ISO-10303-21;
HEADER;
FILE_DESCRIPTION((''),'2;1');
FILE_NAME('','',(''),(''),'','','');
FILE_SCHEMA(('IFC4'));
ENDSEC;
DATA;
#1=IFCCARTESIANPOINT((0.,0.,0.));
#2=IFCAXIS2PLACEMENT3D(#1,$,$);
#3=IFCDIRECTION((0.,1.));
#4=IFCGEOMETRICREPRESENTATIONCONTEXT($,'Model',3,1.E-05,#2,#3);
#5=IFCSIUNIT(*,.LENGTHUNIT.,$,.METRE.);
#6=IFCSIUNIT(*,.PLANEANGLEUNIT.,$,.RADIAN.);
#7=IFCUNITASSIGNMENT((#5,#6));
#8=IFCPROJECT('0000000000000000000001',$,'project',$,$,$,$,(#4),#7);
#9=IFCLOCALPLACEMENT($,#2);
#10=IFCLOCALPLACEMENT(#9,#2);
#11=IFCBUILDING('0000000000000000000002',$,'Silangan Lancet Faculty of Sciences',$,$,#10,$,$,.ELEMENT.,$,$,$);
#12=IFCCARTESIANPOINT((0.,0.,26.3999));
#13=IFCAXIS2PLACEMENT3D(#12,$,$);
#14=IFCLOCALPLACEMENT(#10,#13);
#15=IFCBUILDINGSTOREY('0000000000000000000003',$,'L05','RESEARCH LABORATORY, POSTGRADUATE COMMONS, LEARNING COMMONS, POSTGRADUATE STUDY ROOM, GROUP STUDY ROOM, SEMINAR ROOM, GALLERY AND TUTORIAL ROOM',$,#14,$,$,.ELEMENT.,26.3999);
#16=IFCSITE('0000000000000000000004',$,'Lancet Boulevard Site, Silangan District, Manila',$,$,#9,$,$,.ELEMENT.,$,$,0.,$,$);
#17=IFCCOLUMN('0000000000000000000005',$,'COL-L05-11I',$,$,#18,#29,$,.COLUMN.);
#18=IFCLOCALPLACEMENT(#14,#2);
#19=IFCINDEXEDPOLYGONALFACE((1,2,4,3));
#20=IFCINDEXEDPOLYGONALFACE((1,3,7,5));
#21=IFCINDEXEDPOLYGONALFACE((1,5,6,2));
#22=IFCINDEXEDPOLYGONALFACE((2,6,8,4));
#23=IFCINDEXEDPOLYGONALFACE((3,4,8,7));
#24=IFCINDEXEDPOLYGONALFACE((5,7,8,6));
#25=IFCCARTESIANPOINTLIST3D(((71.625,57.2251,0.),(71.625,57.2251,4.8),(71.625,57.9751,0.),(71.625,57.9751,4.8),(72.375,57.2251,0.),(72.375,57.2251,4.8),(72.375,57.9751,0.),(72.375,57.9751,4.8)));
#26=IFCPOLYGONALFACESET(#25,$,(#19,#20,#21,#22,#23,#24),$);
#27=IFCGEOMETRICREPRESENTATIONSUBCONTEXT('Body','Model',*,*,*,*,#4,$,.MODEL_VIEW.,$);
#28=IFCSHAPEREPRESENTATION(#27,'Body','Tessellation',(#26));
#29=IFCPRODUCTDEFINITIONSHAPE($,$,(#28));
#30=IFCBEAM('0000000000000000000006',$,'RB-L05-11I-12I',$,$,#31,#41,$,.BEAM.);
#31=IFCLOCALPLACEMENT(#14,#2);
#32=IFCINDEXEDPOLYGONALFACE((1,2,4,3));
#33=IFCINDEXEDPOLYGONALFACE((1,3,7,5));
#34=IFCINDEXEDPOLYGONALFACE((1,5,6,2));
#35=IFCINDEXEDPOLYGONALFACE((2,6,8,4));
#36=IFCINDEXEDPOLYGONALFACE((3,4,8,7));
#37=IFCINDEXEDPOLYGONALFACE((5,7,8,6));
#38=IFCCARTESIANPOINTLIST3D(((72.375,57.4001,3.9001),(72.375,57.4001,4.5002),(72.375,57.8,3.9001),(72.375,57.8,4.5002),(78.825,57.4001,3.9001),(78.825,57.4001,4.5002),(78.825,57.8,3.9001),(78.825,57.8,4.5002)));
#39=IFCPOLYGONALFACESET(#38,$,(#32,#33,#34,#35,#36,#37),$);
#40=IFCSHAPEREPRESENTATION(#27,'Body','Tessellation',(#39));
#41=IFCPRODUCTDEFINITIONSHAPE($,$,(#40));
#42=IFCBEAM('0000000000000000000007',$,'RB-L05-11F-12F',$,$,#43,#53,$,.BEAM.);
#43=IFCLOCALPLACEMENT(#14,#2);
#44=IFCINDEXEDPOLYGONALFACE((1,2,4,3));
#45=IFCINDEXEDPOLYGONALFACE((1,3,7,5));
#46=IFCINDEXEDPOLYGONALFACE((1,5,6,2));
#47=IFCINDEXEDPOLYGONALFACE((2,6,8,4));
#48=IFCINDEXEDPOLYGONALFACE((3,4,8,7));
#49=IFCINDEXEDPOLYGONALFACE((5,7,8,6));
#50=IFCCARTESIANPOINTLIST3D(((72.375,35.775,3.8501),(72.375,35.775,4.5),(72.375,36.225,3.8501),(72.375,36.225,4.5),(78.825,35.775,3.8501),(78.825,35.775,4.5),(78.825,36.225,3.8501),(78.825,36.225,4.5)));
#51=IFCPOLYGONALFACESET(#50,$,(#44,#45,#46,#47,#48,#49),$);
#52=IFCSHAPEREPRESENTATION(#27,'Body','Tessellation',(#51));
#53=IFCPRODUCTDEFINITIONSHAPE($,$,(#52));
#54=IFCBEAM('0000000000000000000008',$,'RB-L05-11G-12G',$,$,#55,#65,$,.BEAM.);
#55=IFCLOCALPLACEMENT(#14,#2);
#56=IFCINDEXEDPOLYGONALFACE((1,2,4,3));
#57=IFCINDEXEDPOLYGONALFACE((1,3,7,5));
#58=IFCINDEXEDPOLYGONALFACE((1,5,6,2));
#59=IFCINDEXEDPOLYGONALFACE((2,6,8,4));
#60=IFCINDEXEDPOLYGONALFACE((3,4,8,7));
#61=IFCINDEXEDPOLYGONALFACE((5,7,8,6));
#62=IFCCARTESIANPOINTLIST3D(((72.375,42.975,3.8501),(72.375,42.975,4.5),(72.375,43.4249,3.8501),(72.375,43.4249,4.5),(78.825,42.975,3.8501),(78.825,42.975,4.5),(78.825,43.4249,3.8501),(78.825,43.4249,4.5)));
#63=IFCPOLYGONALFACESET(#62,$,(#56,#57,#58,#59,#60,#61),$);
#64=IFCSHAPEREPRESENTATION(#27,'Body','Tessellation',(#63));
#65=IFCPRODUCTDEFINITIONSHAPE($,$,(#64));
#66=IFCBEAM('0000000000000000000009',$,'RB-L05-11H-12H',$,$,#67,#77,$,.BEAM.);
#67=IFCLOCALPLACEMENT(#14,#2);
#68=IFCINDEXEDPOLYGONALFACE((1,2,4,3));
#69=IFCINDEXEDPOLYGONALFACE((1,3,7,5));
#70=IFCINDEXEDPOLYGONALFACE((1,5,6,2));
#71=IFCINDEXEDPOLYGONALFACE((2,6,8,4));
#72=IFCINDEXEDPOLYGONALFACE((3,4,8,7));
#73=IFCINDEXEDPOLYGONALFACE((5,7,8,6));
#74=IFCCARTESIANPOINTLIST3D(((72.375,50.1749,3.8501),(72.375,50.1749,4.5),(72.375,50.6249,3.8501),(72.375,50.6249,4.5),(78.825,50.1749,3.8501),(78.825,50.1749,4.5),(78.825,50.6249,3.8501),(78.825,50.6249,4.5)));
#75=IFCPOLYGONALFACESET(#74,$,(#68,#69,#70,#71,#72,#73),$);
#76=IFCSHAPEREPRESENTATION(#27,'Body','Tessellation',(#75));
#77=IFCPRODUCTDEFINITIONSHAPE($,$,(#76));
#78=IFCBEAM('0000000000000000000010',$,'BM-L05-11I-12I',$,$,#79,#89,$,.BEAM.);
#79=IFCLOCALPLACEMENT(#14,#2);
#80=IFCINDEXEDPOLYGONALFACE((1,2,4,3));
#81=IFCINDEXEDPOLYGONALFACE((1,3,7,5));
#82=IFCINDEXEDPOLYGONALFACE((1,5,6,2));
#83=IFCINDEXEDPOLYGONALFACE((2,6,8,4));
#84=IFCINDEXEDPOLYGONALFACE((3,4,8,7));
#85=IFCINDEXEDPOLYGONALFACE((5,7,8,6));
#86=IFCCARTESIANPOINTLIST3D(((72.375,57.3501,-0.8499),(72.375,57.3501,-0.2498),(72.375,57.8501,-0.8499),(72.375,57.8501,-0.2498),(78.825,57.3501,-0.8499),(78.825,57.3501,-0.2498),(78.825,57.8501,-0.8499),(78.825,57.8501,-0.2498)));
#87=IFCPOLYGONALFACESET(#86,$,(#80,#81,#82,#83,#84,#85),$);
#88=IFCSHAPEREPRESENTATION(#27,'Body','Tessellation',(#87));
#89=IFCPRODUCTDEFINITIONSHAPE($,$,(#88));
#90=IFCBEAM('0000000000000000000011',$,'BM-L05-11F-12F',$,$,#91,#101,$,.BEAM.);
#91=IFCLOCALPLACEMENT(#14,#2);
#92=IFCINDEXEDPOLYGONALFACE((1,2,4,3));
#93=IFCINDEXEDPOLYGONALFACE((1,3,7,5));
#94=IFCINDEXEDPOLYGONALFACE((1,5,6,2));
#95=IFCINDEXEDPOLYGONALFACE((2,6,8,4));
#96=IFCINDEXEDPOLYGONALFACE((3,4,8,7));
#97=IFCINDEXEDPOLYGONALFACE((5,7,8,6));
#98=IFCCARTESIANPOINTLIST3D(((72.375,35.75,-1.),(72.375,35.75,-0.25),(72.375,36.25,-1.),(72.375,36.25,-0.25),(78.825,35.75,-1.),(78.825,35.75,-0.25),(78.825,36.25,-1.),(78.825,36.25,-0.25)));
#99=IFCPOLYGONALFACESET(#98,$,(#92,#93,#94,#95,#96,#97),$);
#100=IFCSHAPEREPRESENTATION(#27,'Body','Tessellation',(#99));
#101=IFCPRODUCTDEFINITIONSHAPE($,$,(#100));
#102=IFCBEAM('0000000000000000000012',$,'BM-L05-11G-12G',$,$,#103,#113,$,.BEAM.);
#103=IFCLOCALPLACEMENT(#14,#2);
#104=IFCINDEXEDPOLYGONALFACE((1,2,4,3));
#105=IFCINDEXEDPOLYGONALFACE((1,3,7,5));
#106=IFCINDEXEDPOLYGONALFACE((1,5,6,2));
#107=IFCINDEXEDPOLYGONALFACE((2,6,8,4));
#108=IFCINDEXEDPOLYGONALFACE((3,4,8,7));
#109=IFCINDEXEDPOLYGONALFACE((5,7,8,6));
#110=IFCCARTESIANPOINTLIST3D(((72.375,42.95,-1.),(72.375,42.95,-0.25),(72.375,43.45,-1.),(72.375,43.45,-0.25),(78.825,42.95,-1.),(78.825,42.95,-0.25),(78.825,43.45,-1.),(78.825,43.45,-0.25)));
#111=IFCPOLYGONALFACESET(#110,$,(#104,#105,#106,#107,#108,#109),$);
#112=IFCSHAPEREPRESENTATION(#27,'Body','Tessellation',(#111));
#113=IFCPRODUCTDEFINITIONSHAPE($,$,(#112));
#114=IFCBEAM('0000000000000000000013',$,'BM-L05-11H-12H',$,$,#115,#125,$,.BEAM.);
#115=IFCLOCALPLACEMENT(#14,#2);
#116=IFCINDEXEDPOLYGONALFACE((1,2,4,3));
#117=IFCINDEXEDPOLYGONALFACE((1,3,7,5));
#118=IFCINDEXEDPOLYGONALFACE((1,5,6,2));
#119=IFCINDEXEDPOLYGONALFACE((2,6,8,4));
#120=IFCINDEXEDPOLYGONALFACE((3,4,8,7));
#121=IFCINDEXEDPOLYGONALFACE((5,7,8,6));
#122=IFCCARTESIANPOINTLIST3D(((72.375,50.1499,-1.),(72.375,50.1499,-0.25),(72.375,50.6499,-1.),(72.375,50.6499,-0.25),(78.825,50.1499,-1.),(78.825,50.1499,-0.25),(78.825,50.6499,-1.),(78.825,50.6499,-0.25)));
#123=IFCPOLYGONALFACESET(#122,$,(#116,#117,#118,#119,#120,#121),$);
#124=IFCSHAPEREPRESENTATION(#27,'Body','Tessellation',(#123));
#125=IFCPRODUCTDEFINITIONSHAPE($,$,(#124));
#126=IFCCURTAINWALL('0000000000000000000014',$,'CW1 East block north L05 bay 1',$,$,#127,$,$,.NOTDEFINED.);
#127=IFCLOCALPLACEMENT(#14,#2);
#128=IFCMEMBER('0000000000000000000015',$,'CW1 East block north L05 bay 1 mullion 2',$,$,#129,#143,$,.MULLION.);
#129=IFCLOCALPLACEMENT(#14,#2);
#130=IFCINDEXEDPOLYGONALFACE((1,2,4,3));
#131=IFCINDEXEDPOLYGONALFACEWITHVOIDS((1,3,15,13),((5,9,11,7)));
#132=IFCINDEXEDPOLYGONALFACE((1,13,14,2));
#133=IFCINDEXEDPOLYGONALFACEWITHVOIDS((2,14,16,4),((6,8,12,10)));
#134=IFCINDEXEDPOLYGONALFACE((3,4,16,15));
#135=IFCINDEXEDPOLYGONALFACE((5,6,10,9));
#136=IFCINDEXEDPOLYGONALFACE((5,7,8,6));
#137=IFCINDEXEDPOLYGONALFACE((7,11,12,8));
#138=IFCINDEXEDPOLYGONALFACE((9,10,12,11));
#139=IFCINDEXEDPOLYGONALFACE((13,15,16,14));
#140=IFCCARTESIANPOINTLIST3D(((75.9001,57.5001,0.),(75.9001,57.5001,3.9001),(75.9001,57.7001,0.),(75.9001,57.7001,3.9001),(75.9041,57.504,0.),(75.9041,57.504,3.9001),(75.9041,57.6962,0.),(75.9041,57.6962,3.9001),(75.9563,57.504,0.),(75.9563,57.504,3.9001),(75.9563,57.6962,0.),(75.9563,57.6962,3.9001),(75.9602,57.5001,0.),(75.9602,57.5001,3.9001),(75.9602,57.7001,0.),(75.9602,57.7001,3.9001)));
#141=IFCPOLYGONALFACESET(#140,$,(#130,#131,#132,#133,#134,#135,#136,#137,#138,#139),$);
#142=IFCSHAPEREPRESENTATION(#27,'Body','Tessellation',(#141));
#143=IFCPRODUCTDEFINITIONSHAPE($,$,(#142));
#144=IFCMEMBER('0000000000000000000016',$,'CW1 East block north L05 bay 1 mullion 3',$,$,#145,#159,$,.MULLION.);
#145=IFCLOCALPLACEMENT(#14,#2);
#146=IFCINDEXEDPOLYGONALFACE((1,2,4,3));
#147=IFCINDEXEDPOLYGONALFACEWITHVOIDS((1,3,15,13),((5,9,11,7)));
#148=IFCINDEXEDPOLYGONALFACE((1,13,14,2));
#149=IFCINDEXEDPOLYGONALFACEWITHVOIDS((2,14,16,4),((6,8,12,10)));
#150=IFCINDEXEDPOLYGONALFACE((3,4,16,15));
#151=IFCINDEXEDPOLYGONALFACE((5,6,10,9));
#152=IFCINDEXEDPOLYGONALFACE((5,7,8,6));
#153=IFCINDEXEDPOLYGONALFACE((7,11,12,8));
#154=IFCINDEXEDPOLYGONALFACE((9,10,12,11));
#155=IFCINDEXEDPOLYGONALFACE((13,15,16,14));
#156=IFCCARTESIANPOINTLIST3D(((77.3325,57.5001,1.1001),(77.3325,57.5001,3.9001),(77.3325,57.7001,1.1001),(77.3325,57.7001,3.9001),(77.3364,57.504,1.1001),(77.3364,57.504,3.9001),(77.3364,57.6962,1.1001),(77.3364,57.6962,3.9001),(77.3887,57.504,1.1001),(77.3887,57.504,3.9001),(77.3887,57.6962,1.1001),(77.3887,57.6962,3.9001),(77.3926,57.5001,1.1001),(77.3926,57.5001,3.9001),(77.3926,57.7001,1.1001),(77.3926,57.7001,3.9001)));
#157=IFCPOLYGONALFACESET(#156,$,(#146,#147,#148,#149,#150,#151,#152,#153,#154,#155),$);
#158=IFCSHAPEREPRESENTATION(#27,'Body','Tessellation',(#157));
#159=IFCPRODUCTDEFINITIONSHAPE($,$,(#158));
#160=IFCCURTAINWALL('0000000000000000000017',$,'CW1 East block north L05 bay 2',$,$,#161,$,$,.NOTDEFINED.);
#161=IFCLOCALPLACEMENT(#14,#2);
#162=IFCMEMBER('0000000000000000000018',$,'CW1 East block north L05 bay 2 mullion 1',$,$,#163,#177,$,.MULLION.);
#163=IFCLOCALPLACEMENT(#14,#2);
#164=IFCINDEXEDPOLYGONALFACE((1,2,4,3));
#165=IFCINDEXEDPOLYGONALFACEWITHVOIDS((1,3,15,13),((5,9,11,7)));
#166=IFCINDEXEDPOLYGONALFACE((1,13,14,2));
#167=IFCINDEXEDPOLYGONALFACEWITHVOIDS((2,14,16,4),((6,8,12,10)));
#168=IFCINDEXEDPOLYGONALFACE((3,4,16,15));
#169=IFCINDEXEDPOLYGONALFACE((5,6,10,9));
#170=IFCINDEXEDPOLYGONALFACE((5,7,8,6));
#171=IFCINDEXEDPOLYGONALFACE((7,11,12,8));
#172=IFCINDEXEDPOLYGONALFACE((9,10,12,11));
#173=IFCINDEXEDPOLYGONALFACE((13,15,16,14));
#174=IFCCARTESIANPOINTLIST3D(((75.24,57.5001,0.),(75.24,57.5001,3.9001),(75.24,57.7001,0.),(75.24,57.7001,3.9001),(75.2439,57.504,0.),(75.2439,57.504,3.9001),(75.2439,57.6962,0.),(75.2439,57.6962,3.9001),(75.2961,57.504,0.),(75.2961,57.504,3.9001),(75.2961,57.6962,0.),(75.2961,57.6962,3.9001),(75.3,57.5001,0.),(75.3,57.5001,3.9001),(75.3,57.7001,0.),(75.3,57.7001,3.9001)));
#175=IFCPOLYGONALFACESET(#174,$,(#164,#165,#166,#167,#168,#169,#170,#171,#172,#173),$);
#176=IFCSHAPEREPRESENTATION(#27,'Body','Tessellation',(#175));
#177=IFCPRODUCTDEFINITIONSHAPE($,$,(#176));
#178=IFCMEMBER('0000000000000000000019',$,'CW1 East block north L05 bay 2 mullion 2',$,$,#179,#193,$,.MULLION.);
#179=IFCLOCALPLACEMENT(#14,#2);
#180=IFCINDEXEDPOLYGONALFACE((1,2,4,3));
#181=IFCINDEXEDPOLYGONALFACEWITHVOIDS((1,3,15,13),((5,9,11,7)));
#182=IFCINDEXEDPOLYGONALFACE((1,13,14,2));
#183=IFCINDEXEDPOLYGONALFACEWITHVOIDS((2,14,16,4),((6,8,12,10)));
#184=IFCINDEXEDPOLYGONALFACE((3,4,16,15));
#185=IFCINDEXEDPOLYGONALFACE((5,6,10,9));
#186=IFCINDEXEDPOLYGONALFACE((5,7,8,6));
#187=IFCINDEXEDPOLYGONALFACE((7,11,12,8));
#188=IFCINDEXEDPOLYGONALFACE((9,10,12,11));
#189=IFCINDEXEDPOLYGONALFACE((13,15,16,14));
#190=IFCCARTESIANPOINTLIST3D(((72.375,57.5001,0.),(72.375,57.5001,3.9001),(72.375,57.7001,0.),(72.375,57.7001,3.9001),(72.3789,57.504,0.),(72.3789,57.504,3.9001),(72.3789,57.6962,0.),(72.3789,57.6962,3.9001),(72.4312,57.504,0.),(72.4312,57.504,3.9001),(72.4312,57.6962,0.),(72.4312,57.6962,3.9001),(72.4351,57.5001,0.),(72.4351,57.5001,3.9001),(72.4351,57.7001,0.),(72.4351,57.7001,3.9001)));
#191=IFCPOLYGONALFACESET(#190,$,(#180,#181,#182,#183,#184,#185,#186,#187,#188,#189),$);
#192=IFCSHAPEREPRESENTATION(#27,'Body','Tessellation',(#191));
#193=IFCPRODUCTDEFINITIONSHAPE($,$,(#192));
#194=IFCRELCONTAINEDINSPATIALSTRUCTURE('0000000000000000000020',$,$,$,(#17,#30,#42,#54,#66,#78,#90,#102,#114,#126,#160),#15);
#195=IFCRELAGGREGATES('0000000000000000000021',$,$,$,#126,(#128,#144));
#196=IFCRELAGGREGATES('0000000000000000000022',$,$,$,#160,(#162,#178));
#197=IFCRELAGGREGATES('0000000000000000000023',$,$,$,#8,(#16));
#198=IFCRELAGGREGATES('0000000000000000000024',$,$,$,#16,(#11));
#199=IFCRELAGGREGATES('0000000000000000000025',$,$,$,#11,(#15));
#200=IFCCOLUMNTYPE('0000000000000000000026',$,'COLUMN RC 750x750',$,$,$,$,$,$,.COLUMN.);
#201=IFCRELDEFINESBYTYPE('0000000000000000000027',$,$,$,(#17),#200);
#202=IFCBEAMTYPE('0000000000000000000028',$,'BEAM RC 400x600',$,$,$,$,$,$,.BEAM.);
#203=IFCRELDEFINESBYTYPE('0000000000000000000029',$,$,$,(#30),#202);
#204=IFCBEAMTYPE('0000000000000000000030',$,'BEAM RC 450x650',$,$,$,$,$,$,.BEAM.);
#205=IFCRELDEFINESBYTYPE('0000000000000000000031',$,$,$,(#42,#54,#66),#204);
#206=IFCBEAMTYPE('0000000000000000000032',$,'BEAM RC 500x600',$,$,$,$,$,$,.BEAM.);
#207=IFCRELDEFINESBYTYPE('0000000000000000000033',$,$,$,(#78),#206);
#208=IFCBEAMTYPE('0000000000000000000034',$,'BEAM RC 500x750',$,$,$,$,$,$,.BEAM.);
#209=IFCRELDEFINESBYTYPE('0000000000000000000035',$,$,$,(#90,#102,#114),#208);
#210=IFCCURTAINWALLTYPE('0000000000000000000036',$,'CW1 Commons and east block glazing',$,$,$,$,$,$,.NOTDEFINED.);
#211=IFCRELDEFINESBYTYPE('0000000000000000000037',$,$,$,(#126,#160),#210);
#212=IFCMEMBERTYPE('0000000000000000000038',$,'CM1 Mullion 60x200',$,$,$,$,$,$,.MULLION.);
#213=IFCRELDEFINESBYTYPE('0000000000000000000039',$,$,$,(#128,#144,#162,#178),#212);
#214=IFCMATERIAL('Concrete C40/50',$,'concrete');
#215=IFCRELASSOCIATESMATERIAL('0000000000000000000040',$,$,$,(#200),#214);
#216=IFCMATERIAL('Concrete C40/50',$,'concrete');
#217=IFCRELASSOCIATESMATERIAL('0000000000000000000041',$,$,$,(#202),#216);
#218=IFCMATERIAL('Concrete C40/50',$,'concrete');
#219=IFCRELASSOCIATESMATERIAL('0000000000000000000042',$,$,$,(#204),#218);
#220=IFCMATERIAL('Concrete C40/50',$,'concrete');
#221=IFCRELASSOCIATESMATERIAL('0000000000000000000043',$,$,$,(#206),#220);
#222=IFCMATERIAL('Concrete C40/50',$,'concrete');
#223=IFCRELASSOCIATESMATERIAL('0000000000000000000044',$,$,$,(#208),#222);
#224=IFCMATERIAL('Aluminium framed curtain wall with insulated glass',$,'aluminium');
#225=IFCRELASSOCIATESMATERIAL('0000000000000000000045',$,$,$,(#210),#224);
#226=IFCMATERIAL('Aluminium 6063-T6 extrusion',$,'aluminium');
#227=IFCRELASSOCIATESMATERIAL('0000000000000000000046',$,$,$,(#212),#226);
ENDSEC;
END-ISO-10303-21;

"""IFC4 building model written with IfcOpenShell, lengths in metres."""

from ifc_helpers import new_model, si_unit, direction, frame, origin, origin_2d, place, context, subcontext, project, spatial, rectangle, hollow_rectangle, extrude, material, material_profile, profile_set, type_object, element, aggregate, save


model = new_model("IFC4")

# Units and contexts
model_context = context("Model", 3, precision=1e-05, world=origin(), true_north=direction((0.0, 1.0)))
body_context = subcontext(model_context, "Body", "Model", "MODEL_VIEW")
ifc_project = project(units=[si_unit("LENGTHUNIT", "METRE"), si_unit("PLANEANGLEUNIT", "RADIAN")], contexts=[model_context])

# Site, building, storey
site_placement = place(None, origin())
site = spatial("IfcSite", under=ifc_project, at=site_placement, Name="Lancet Boulevard Site, Silangan District, Manila", CompositionType="ELEMENT", RefElevation=0.0)
building_placement = place(site_placement, origin())
building = spatial("IfcBuilding", under=site, at=building_placement, Name="Silangan Lancet Faculty of Sciences", CompositionType="ELEMENT")
storey_placement = place(building_placement, frame((0.0, 0.0, 26.3999)))
storey = spatial("IfcBuildingStorey", under=building, at=storey_placement, Name="L05", Description="RESEARCH LABORATORY, POSTGRADUATE COMMONS, LEARNING COMMONS, POSTGRADUATE STUDY ROOM, GROUP STUDY ROOM, SEMINAR ROOM, GALLERY AND TUTORIAL ROOM", CompositionType="ELEMENT", Elevation=26.3999)

# Column
ifc_material_1 = material(Name="Concrete C40/50", Category="concrete")
ifc_material_profile_1 = material_profile(ifc_material_1, rectangle(XDim=0.75, YDim=0.75, at=origin_2d()), Name="RC 750x750")
ifc_profile_set_1 = profile_set([ifc_material_profile_1], Name="Concrete C40/50")
column_type = type_object("IfcColumnType", Name="COLUMN RC 750x750", PredefinedType="COLUMN", material=ifc_profile_set_1)
column_placement = place(storey_placement, frame((72.0, 57.6001, 0.0), z_axis=(0.0, 0.0, 1.0), x_axis=(1.0, 0.0, 0.0)))
element("IfcColumn", 1, at=column_placement, inside=storey, type_object=column_type, Name="COL-L05-11I", PredefinedType="COLUMN", context=body_context, shape_type="SweptSolid", body=[
    extrude(rectangle(XDim=0.75, YDim=0.75, at=origin_2d()), origin(), (0.0, 0.0, 1.0), 4.8),
])

# Beams
ifc_material_2 = material(Name="Concrete C40/50", Category="concrete")
ifc_material_profile_2 = material_profile(ifc_material_2, rectangle(XDim=0.3999, YDim=0.6001, at=origin_2d()), Name="RC 400x600")
ifc_profile_set_2 = profile_set([ifc_material_profile_2], Name="Concrete C40/50")
beam_type_1 = type_object("IfcBeamType", Name="BEAM RC 400x600", PredefinedType="BEAM", material=ifc_profile_set_2)
beam_1_placement = place(storey_placement, frame((72.375, 57.6001, 4.2002), z_axis=(1.0, 0.0, 0.0), x_axis=(0.0, 1.0, 0.0)))
element("IfcBeam", 2, at=beam_1_placement, inside=storey, type_object=beam_type_1, Name="RB-L05-11I-12I", PredefinedType="BEAM", context=body_context, shape_type="SweptSolid", body=[
    extrude(rectangle(XDim=0.3999, YDim=0.6001, at=origin_2d()), origin(), (0.0, 0.0, 1.0), 6.45),
])
ifc_material_3 = material(Name="Concrete C40/50", Category="concrete")
ifc_material_profile_3 = material_profile(ifc_material_3, rectangle(XDim=0.45, YDim=0.6499, at=origin_2d()), Name="RC 450x650")
ifc_profile_set_3 = profile_set([ifc_material_profile_3], Name="Concrete C40/50")
beam_type_2 = type_object("IfcBeamType", Name="BEAM RC 450x650", PredefinedType="BEAM", material=ifc_profile_set_3)
for number, where, z_axis, x_axis, name in (
    (3, (72.375, 36.0, 4.175), (1.0, 0.0, 0.0), (0.0, 1.0, 0.0), "RB-L05-11F-12F"),
    (4, (72.375, 43.2, 4.175), (1.0, 0.0, 0.0), (0.0, 1.0, 0.0), "RB-L05-11G-12G"),
    (5, (72.375, 50.3999, 4.175), (1.0, 0.0, 0.0), (0.0, 1.0, 0.0), "RB-L05-11H-12H"),
):
    element("IfcBeam", number, at=place(storey_placement, frame(where, z_axis=z_axis, x_axis=x_axis)), inside=storey, type_object=beam_type_2, Name=name, PredefinedType="BEAM", context=body_context, shape_type="SweptSolid", body=[
        extrude(rectangle(XDim=0.45, YDim=0.6499, at=origin_2d()), origin(), (0.0, 0.0, 1.0), 6.45),
    ])
ifc_material_4 = material(Name="Concrete C40/50", Category="concrete")
ifc_material_profile_4 = material_profile(ifc_material_4, rectangle(XDim=0.5, YDim=0.6001, at=origin_2d()), Name="RC 500x600")
ifc_profile_set_4 = profile_set([ifc_material_profile_4], Name="Concrete C40/50")
beam_type_3 = type_object("IfcBeamType", Name="BEAM RC 500x600", PredefinedType="BEAM", material=ifc_profile_set_4)
beam_2_placement = place(storey_placement, frame((72.375, 57.6001, -0.5498), z_axis=(1.0, 0.0, 0.0), x_axis=(0.0, 1.0, 0.0)))
element("IfcBeam", 6, at=beam_2_placement, inside=storey, type_object=beam_type_3, Name="BM-L05-11I-12I", PredefinedType="BEAM", context=body_context, shape_type="SweptSolid", body=[
    extrude(rectangle(XDim=0.5, YDim=0.6001, at=origin_2d()), origin(), (0.0, 0.0, 1.0), 6.45),
])
ifc_material_5 = material(Name="Concrete C40/50", Category="concrete")
ifc_material_profile_5 = material_profile(ifc_material_5, rectangle(XDim=0.5, YDim=0.75, at=origin_2d()), Name="RC 500x750")
ifc_profile_set_5 = profile_set([ifc_material_profile_5], Name="Concrete C40/50")
beam_type_4 = type_object("IfcBeamType", Name="BEAM RC 500x750", PredefinedType="BEAM", material=ifc_profile_set_5)
for number, where, z_axis, x_axis, name in (
    (7, (72.375, 36.0, -0.625), (1.0, 0.0, 0.0), (0.0, 1.0, 0.0), "BM-L05-11F-12F"),
    (8, (72.375, 43.2, -0.625), (1.0, 0.0, 0.0), (0.0, 1.0, 0.0), "BM-L05-11G-12G"),
    (9, (72.375, 50.3999, -0.625), (1.0, 0.0, 0.0), (0.0, 1.0, 0.0), "BM-L05-11H-12H"),
):
    element("IfcBeam", number, at=place(storey_placement, frame(where, z_axis=z_axis, x_axis=x_axis)), inside=storey, type_object=beam_type_4, Name=name, PredefinedType="BEAM", context=body_context, shape_type="SweptSolid", body=[
        extrude(rectangle(XDim=0.5, YDim=0.75, at=origin_2d()), origin(), (0.0, 0.0, 1.0), 6.45),
    ])

# Curtain walls, members
ifc_material_6 = material(Name="Aluminium framed curtain wall with insulated glass", Category="aluminium")
curtain_wall_type = type_object("IfcCurtainWallType", Name="CW1 Commons and east block glazing", PredefinedType="NOTDEFINED", material=ifc_material_6)
curtain_wall_1_placement = place(storey_placement, origin())
curtain_wall_1 = element("IfcCurtainWall", 10, at=curtain_wall_1_placement, inside=storey, type_object=curtain_wall_type, Name="CW1 East block north L05 bay 1", PredefinedType="NOTDEFINED")
ifc_material_7 = material(Name="Aluminium 6063-T6 extrusion", Category="aluminium")
ifc_material_profile_6 = material_profile(ifc_material_7, hollow_rectangle(XDim=0.0601, YDim=0.2, WallThickness=0.0039, at=origin_2d()), Name="AL BOX 60x200x4")
ifc_profile_set_6 = profile_set([ifc_material_profile_6], Name="Aluminium 6063-T6 extrusion")
member_type_1 = type_object("IfcMemberType", Name="CM1 Mullion 60x200", PredefinedType="MULLION", material=ifc_profile_set_6)
member_1_placement = place(storey_placement, frame((75.9302, 57.6001, 0.0), z_axis=(0.0, 0.0, 1.0), x_axis=(-1.0, 0.0, 0.0)))
member_1 = element("IfcMember", 11, at=member_1_placement, type_object=member_type_1, Name="CW1 East block north L05 bay 1 mullion 2", PredefinedType="MULLION", context=body_context, shape_type="SweptSolid", body=[
    extrude(hollow_rectangle(XDim=0.0601, YDim=0.2, WallThickness=0.0039, at=origin_2d()), origin(), (0.0, 0.0, 1.0), 3.9001),
])
member_2_placement = place(storey_placement, frame((77.3625, 57.6001, 1.1001), z_axis=(0.0, 0.0, 1.0), x_axis=(-1.0, 0.0, 0.0)))
member_2 = element("IfcMember", 12, at=member_2_placement, type_object=member_type_1, Name="CW1 East block north L05 bay 1 mullion 3", PredefinedType="MULLION", context=body_context, shape_type="SweptSolid", body=[
    extrude(hollow_rectangle(XDim=0.0601, YDim=0.2, WallThickness=0.0039, at=origin_2d()), origin(), (0.0, 0.0, 1.0), 2.8),
])
curtain_wall_2_placement = place(storey_placement, origin())
curtain_wall_2 = element("IfcCurtainWall", 13, at=curtain_wall_2_placement, inside=storey, type_object=curtain_wall_type, Name="CW1 East block north L05 bay 2", PredefinedType="NOTDEFINED")
member_3_placement = place(storey_placement, frame((75.27, 57.6001, 0.0), z_axis=(0.0, 0.0, 1.0), x_axis=(-1.0, 0.0, 0.0)))
member_3 = element("IfcMember", 14, at=member_3_placement, type_object=member_type_1, Name="CW1 East block north L05 bay 2 mullion 1", PredefinedType="MULLION", context=body_context, shape_type="SweptSolid", body=[
    extrude(hollow_rectangle(XDim=0.0601, YDim=0.2, WallThickness=0.0039, at=origin_2d()), origin(), (0.0, 0.0, 1.0), 3.9001),
])
member_4_placement = place(storey_placement, frame((72.405, 57.6001, 0.0), z_axis=(0.0, 0.0, 1.0), x_axis=(-1.0, 0.0, 0.0)))
member_4 = element("IfcMember", 15, at=member_4_placement, type_object=member_type_1, Name="CW1 East block north L05 bay 2 mullion 2", PredefinedType="MULLION", context=body_context, shape_type="SweptSolid", body=[
    extrude(hollow_rectangle(XDim=0.0601, YDim=0.2, WallThickness=0.0039, at=origin_2d()), origin(), (0.0, 0.0, 1.0), 3.9001),
])

aggregate(curtain_wall_1, [member_1, member_2])
aggregate(curtain_wall_2, [member_3, member_4])

save(model, "model.ifc")
